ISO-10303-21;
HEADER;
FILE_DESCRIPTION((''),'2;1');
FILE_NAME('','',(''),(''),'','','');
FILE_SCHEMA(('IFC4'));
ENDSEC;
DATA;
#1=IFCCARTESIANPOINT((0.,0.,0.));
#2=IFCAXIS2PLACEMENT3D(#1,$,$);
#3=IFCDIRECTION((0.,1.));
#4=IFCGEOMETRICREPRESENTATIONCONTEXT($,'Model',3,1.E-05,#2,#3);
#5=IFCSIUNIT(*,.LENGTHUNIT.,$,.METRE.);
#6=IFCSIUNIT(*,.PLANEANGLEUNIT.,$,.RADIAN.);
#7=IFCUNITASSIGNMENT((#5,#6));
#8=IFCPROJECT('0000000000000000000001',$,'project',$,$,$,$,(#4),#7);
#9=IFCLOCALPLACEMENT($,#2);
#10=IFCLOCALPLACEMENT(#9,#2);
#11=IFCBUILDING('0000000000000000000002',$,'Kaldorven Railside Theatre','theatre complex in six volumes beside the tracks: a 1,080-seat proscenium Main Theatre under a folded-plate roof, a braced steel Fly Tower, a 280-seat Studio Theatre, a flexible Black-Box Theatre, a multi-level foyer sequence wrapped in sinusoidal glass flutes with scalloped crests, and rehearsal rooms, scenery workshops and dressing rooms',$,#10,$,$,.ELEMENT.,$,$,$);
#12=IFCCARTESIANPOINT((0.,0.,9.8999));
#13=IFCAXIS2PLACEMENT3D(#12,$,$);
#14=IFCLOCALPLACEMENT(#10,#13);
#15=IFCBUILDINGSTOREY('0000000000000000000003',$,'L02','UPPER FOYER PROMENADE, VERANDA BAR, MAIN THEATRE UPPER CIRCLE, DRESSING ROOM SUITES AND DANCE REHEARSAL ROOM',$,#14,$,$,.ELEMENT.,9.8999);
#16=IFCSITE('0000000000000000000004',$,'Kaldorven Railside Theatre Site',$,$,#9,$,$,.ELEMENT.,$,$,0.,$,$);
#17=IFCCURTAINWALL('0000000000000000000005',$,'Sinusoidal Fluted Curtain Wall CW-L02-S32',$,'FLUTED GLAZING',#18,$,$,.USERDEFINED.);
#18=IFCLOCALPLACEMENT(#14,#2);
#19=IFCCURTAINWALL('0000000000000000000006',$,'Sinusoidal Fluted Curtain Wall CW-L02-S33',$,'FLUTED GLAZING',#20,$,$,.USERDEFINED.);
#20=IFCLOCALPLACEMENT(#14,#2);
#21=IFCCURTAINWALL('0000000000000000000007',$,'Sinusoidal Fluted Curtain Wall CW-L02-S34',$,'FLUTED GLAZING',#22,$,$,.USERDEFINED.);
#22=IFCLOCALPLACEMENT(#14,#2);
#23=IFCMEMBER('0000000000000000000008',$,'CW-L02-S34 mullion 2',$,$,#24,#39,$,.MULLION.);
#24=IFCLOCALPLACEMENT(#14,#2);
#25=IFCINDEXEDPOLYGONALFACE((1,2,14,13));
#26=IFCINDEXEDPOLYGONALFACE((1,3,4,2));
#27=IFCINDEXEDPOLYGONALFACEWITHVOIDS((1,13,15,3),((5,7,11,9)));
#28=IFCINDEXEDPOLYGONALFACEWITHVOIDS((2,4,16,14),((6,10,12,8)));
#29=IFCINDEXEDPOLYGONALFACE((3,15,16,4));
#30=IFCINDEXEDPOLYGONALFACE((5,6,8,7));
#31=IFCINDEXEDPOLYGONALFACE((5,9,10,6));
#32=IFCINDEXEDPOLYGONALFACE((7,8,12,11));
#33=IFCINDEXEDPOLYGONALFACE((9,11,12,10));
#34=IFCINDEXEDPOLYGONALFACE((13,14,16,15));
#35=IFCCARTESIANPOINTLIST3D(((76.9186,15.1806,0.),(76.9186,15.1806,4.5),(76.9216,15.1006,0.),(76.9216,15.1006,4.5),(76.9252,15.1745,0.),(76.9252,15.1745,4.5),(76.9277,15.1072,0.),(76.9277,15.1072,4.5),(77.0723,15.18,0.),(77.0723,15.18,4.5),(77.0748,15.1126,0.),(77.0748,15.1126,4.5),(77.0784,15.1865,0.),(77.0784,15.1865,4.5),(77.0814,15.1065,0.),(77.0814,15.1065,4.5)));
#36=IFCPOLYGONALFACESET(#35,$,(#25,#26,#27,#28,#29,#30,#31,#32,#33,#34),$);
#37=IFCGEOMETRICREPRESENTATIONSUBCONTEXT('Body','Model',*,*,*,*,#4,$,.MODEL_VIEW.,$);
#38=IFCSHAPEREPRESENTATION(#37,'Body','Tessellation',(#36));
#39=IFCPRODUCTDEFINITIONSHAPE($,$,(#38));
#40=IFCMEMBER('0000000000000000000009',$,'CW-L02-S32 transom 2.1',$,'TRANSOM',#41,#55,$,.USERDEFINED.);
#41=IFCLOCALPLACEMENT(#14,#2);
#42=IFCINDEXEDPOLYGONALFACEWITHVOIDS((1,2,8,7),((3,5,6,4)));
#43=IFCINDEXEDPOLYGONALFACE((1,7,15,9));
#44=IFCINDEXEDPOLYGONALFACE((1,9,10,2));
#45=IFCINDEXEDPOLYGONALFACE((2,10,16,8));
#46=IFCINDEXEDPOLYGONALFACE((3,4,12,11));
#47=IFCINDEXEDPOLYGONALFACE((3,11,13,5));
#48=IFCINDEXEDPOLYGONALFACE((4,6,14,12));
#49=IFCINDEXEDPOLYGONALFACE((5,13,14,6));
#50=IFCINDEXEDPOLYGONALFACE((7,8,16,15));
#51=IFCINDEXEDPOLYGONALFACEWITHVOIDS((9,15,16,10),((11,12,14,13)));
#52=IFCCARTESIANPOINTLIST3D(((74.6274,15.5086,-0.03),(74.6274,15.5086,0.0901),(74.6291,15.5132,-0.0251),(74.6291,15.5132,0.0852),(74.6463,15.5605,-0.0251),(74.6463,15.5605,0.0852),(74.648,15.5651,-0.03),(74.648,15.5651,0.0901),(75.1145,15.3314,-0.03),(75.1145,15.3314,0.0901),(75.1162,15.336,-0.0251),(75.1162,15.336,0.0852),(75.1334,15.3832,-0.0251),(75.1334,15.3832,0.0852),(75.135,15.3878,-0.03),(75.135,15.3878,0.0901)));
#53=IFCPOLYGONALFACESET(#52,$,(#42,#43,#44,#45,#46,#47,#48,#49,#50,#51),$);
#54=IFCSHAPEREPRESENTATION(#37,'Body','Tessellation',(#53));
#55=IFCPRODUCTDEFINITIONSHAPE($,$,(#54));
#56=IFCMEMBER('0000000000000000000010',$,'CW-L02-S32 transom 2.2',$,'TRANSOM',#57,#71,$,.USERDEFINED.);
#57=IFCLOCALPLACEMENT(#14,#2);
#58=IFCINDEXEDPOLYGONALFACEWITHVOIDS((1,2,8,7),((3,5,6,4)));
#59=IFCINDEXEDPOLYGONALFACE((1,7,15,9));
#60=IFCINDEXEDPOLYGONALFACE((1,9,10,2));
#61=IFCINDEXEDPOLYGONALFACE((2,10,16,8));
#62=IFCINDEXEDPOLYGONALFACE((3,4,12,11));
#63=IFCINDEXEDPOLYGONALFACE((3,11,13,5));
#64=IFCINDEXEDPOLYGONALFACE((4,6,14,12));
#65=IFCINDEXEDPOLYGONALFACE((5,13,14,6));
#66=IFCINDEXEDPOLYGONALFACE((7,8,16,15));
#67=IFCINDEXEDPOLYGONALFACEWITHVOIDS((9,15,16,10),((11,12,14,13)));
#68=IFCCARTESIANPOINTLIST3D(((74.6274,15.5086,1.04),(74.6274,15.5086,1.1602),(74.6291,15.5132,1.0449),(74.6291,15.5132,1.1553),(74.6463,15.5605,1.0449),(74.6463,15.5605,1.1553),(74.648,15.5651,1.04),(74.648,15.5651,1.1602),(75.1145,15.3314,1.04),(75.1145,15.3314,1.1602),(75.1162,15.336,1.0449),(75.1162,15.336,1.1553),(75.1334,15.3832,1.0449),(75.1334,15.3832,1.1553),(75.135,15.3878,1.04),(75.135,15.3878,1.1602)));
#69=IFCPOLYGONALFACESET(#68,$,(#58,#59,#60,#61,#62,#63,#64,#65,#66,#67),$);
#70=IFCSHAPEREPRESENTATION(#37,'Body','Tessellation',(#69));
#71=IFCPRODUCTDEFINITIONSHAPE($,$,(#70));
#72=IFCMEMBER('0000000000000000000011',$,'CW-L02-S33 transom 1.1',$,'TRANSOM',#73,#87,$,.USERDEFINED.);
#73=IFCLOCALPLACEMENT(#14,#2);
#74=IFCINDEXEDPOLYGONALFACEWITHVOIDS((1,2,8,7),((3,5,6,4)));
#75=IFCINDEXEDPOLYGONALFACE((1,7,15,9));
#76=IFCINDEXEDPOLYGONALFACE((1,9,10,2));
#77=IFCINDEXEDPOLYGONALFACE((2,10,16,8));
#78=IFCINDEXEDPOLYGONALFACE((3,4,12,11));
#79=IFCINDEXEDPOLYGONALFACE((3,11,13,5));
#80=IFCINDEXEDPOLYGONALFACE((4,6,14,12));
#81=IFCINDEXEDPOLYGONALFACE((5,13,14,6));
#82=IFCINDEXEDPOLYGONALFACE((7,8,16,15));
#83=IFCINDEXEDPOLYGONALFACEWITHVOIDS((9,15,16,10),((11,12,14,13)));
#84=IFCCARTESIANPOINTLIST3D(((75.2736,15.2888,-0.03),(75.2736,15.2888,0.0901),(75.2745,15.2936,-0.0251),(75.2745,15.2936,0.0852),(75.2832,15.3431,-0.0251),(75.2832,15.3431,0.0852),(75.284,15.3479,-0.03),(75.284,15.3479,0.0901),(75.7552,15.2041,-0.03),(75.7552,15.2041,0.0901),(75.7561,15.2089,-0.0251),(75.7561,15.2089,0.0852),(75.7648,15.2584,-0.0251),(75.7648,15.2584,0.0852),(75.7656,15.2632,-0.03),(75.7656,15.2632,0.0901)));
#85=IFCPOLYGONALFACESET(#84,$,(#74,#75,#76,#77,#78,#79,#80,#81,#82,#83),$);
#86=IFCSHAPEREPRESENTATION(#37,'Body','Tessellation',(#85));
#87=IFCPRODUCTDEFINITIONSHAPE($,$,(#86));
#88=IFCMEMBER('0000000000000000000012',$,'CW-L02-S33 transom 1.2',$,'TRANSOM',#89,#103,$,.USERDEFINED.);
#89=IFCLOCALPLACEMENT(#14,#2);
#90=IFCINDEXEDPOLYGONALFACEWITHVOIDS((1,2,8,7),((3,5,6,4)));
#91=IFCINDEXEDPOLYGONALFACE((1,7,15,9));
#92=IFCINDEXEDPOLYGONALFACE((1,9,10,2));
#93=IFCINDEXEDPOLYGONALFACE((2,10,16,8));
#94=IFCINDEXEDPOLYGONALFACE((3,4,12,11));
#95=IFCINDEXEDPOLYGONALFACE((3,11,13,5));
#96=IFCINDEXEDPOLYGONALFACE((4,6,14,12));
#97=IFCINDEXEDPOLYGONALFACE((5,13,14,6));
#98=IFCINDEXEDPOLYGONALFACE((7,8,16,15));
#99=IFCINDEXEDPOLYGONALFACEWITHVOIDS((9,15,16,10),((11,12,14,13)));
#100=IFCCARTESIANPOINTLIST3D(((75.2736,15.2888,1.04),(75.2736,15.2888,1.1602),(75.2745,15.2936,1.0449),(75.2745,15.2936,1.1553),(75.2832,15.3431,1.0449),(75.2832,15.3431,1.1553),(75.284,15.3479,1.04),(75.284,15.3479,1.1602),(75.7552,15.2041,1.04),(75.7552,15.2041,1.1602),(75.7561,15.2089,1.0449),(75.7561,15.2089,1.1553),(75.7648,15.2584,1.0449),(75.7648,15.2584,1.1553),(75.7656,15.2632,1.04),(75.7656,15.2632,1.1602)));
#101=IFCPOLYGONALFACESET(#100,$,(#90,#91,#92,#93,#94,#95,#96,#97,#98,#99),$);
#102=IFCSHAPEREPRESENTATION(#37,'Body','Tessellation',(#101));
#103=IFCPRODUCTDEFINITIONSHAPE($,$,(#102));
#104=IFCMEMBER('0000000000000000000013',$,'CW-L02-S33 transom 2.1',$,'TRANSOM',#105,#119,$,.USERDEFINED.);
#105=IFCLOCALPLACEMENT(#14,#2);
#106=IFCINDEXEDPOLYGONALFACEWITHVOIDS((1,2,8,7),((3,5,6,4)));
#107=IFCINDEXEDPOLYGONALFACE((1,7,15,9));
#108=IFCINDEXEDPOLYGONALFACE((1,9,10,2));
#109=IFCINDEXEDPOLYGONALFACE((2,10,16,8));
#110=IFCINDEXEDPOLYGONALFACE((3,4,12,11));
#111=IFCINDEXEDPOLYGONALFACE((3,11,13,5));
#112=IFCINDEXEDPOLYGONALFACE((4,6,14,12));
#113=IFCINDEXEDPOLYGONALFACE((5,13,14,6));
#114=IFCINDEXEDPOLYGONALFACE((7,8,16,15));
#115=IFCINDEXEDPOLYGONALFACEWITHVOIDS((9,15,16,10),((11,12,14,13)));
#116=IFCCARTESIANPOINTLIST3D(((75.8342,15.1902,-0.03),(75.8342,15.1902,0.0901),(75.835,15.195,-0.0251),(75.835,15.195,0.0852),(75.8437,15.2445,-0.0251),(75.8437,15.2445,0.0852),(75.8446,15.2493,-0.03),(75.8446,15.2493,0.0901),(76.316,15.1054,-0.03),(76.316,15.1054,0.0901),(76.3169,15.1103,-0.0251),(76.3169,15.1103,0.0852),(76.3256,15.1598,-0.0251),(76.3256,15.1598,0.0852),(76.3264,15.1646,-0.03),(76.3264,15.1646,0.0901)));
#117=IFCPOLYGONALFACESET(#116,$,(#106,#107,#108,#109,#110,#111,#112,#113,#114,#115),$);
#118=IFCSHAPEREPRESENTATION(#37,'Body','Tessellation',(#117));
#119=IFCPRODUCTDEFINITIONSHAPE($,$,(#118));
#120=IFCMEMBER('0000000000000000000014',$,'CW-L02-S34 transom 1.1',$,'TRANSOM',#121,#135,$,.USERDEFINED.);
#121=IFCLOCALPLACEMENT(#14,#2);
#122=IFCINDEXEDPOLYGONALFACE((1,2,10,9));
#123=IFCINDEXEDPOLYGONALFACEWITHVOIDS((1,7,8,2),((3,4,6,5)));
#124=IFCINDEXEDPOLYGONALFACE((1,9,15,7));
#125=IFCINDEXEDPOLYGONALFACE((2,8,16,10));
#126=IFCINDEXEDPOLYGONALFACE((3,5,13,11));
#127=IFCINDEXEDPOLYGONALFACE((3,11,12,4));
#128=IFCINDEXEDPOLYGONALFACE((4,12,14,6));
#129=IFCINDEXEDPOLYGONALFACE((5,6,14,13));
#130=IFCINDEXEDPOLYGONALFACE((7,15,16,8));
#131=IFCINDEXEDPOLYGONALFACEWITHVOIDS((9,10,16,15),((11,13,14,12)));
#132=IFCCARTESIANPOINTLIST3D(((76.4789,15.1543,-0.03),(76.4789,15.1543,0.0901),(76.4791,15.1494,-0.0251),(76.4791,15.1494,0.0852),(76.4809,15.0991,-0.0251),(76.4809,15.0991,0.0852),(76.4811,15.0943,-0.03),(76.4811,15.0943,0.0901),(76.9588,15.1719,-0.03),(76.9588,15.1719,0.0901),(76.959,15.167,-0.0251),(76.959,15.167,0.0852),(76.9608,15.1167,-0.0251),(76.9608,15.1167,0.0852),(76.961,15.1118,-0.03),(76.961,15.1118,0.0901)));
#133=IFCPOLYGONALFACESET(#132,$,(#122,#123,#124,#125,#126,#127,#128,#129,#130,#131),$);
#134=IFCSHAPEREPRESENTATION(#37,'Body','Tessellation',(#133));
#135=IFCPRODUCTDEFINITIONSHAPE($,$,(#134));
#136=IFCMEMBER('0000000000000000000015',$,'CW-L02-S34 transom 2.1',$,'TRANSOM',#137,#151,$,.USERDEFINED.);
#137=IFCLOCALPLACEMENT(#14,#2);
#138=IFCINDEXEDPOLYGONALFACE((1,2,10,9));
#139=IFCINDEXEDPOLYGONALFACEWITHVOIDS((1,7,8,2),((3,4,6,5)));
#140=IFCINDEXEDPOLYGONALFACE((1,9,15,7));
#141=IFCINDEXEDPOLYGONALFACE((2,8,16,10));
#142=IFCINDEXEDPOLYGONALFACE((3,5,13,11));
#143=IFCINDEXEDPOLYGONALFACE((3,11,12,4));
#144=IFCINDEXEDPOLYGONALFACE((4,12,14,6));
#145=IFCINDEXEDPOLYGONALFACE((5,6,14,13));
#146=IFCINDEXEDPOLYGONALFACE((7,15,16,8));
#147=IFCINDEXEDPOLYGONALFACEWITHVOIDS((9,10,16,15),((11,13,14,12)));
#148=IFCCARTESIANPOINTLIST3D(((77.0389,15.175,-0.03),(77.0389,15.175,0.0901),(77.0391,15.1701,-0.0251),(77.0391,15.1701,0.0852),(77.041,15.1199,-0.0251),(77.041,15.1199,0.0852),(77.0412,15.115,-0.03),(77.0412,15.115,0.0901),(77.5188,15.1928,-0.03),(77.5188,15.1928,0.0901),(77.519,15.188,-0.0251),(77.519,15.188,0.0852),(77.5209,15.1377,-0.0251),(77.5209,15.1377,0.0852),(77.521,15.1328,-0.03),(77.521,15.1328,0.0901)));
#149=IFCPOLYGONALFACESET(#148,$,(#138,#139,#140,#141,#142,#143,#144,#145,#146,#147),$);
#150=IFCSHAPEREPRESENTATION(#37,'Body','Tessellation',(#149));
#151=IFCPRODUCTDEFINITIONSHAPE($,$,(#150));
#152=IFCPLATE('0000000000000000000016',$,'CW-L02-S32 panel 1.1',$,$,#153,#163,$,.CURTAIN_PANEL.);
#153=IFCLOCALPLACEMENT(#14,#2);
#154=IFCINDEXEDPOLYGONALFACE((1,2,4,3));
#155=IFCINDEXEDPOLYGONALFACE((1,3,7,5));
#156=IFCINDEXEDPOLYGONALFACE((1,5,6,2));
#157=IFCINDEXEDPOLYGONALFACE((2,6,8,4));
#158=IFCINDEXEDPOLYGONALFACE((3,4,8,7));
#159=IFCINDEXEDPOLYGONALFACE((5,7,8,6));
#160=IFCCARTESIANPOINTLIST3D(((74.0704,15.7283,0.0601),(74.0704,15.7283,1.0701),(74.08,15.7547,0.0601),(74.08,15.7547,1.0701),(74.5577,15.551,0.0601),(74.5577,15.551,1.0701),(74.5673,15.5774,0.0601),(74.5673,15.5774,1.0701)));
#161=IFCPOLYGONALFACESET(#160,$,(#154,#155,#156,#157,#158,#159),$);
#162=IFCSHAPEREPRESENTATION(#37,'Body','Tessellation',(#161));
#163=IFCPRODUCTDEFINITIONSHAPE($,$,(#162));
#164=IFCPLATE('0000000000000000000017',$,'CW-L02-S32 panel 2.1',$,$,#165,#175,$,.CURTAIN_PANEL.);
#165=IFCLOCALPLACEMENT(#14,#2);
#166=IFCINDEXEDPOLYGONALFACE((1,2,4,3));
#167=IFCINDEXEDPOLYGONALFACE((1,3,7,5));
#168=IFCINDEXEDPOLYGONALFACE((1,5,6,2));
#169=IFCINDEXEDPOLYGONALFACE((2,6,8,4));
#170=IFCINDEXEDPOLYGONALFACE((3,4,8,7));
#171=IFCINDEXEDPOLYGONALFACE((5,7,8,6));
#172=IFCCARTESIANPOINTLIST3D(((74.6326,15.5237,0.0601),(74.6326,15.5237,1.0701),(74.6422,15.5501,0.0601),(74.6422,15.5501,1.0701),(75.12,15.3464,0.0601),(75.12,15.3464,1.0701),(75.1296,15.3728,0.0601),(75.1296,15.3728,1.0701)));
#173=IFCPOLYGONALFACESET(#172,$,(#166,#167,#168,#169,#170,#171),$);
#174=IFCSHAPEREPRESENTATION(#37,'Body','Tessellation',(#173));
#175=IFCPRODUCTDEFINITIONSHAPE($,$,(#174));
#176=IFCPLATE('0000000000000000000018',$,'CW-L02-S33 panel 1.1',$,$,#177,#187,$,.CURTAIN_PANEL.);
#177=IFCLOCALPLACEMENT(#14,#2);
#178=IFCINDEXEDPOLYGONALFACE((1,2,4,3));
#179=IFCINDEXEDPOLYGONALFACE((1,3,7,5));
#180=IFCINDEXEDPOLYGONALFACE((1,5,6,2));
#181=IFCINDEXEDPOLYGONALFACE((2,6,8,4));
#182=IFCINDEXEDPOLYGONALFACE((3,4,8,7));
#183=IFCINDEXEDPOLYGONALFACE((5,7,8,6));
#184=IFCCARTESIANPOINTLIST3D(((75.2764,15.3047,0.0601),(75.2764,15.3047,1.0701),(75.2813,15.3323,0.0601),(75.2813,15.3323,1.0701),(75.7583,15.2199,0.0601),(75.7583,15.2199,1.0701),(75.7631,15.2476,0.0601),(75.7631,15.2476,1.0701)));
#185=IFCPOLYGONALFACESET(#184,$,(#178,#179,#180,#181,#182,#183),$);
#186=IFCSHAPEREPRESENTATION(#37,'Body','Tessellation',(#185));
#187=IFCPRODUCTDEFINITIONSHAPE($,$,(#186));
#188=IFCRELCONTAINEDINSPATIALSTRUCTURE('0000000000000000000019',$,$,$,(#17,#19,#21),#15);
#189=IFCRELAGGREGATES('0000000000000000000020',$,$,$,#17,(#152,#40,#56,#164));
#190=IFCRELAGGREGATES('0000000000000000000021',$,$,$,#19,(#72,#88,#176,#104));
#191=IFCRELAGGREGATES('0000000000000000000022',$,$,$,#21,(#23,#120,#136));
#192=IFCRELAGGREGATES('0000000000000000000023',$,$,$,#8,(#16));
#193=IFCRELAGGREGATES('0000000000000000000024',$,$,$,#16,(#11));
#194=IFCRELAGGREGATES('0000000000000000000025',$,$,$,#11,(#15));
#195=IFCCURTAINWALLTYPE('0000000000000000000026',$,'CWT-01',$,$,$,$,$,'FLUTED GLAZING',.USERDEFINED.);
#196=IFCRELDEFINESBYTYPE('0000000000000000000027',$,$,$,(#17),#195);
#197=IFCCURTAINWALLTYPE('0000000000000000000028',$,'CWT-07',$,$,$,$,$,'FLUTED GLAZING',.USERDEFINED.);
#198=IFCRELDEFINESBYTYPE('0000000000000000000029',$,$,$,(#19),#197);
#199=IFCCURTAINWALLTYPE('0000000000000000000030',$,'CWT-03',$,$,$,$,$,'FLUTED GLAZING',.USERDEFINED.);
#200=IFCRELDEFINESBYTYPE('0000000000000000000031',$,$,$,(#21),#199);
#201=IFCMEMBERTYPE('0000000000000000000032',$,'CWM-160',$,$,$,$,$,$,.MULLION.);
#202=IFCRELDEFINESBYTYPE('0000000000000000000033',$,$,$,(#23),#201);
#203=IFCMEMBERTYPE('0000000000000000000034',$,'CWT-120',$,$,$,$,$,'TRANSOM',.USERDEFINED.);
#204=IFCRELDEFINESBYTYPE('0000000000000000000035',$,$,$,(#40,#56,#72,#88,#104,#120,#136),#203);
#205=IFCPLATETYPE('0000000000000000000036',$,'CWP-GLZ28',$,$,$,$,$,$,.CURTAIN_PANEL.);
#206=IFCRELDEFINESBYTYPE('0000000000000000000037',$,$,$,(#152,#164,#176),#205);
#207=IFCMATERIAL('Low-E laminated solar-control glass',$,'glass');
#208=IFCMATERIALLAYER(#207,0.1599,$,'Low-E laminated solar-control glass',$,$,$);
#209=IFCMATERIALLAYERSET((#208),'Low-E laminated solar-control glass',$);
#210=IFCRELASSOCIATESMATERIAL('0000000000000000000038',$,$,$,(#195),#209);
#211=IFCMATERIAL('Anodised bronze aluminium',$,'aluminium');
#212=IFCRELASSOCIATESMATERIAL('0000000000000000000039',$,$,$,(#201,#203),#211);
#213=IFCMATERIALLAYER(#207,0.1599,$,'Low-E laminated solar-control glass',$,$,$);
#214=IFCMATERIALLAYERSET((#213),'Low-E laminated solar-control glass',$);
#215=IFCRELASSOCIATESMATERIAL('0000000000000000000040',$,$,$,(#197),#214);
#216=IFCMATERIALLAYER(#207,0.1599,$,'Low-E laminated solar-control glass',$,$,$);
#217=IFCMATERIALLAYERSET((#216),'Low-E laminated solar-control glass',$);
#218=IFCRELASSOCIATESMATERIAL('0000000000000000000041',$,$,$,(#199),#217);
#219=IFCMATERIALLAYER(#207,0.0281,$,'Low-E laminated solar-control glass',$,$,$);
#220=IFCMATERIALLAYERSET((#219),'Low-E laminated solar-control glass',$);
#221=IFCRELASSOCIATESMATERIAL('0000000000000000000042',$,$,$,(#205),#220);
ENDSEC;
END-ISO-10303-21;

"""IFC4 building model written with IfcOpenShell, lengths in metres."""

from ifc_helpers import new_model, si_unit, direction, frame, origin, origin_2d, place, context, subcontext, project, spatial, rectangle, hollow_rectangle, extrude, material, layer, layer_set, material_profile, profile_set, type_object, element, aggregate, save


model = new_model("IFC4")

# Units and contexts
model_context = context("Model", 3, precision=1e-05, world=origin(), true_north=direction((0.0, 1.0)))
body_context = subcontext(model_context, "Body", "Model", "MODEL_VIEW")
ifc_project = project(units=[si_unit("LENGTHUNIT", "METRE"), si_unit("PLANEANGLEUNIT", "RADIAN")], contexts=[model_context])

# Site, building, storey
site_placement = place(None, origin())
site = spatial("IfcSite", under=ifc_project, at=site_placement, Name="Kaldorven Railside Theatre Site", CompositionType="ELEMENT", RefElevation=0.0)
building_placement = place(site_placement, origin())
building = spatial("IfcBuilding", under=site, at=building_placement, Name="Kaldorven Railside Theatre", Description="theatre complex in six volumes beside the tracks: a 1,080-seat proscenium Main Theatre under a folded-plate roof, a braced steel Fly Tower, a 280-seat Studio Theatre, a flexible Black-Box Theatre, a multi-level foyer sequence wrapped in sinusoidal glass flutes with scalloped crests, and rehearsal rooms, scenery workshops and dressing rooms", CompositionType="ELEMENT")
storey_placement = place(building_placement, frame((0.0, 0.0, 9.8999)))
storey = spatial("IfcBuildingStorey", under=building, at=storey_placement, Name="L02", Description="UPPER FOYER PROMENADE, VERANDA BAR, MAIN THEATRE UPPER CIRCLE, DRESSING ROOM SUITES AND DANCE REHEARSAL ROOM", CompositionType="ELEMENT", Elevation=9.8999)

# Curtain walls, member
ifc_material_1 = material(Name="Low-E laminated solar-control glass", Category="glass")
ifc_layer_1 = layer(ifc_material_1, 0.1599, Name="Low-E laminated solar-control glass")
ifc_layer_set_1 = layer_set([ifc_layer_1], Name="Low-E laminated solar-control glass")
curtain_wall_type_1 = type_object("IfcCurtainWallType", Name="CWT-01", ElementType="FLUTED GLAZING", PredefinedType="USERDEFINED", material=ifc_layer_set_1)
curtain_wall_1_placement = place(storey_placement, origin())
curtain_wall_1 = element("IfcCurtainWall", 1, at=curtain_wall_1_placement, inside=storey, type_object=curtain_wall_type_1, Name="Sinusoidal Fluted Curtain Wall CW-L02-S32", ObjectType="FLUTED GLAZING", PredefinedType="USERDEFINED")
ifc_material_2 = material(Name="Anodised bronze aluminium", Category="aluminium")
ifc_material_profile_1 = material_profile(ifc_material_2, hollow_rectangle(XDim=0.0801, YDim=0.1599, WallThickness=0.0063, at=origin_2d()), Name="RHS 160x80x6.3")
ifc_profile_set_1 = profile_set([ifc_material_profile_1], Name="Anodised bronze aluminium")
member_type_1 = type_object("IfcMemberType", Name="CWM-160", PredefinedType="MULLION", material=ifc_profile_set_1)
ifc_layer_2 = layer(ifc_material_1, 0.1599, Name="Low-E laminated solar-control glass")
ifc_layer_set_2 = layer_set([ifc_layer_2], Name="Low-E laminated solar-control glass")
curtain_wall_type_2 = type_object("IfcCurtainWallType", Name="CWT-07", ElementType="FLUTED GLAZING", PredefinedType="USERDEFINED", material=ifc_layer_set_2)
curtain_wall_2_placement = place(storey_placement, origin())
curtain_wall_2 = element("IfcCurtainWall", 2, at=curtain_wall_2_placement, inside=storey, type_object=curtain_wall_type_2, Name="Sinusoidal Fluted Curtain Wall CW-L02-S33", ObjectType="FLUTED GLAZING", PredefinedType="USERDEFINED")
ifc_layer_3 = layer(ifc_material_1, 0.1599, Name="Low-E laminated solar-control glass")
ifc_layer_set_3 = layer_set([ifc_layer_3], Name="Low-E laminated solar-control glass")
curtain_wall_type_3 = type_object("IfcCurtainWallType", Name="CWT-03", ElementType="FLUTED GLAZING", PredefinedType="USERDEFINED", material=ifc_layer_set_3)
curtain_wall_3_placement = place(storey_placement, origin())
curtain_wall_3 = element("IfcCurtainWall", 3, at=curtain_wall_3_placement, inside=storey, type_object=curtain_wall_type_3, Name="Sinusoidal Fluted Curtain Wall CW-L02-S34", ObjectType="FLUTED GLAZING", PredefinedType="USERDEFINED")
member_1_placement = place(storey_placement, frame((77.0, 15.1436, 0.0), z_axis=(0.0, 0.0, 1.0), x_axis=(-0.037058, 0.999313, 0.0)))
member_1 = element("IfcMember", 4, at=member_1_placement, type_object=member_type_1, Name="CW-L02-S34 mullion 2", PredefinedType="MULLION", context=body_context, shape_type="SweptSolid", body=[
    extrude(hollow_rectangle(XDim=0.0801, YDim=0.1599, WallThickness=0.0063, at=origin_2d()), origin(), (0.0, 0.0, 1.0), 4.5),
])

# Members
ifc_material_profile_2 = material_profile(ifc_material_2, hollow_rectangle(XDim=0.0601, YDim=0.1201, WallThickness=0.0049, at=origin_2d()), Name="RHS 120x60x5")
ifc_profile_set_2 = profile_set([ifc_material_profile_2], Name="Anodised bronze aluminium")
member_type_2 = type_object("IfcMemberType", Name="CWT-120", ElementType="TRANSOM", PredefinedType="USERDEFINED", material=ifc_profile_set_2)
member_2_placement = place(storey_placement, frame((74.6377, 15.5369, 0.03), z_axis=(0.939711, -0.34197, 0.0), x_axis=(0.34197, 0.939711, 0.0)))
member_2 = element("IfcMember", 5, at=member_2_placement, type_object=member_type_2, Name="CW-L02-S32 transom 2.1", ObjectType="TRANSOM", PredefinedType="USERDEFINED", context=body_context, shape_type="SweptSolid", body=[
    extrude(hollow_rectangle(XDim=0.0601, YDim=0.1201, WallThickness=0.0049, at=origin_2d()), origin(), (0.0, 0.0, 1.0), 0.5183),
])
member_3_placement = place(storey_placement, frame((74.6377, 15.5369, 1.1001), z_axis=(0.939711, -0.34197, 0.0), x_axis=(0.34197, 0.939711, 0.0)))
member_3 = element("IfcMember", 6, at=member_3_placement, type_object=member_type_2, Name="CW-L02-S32 transom 2.2", ObjectType="TRANSOM", PredefinedType="USERDEFINED", context=body_context, shape_type="SweptSolid", body=[
    extrude(hollow_rectangle(XDim=0.0601, YDim=0.1201, WallThickness=0.0049, at=origin_2d()), origin(), (0.0, 0.0, 1.0), 0.5183),
])
member_4_placement = place(storey_placement, frame((75.2788, 15.3184, 0.03), z_axis=(0.984884, -0.173216, 0.0), x_axis=(0.173216, 0.984884, 0.0)))
member_4 = element("IfcMember", 7, at=member_4_placement, type_object=member_type_2, Name="CW-L02-S33 transom 1.1", ObjectType="TRANSOM", PredefinedType="USERDEFINED", context=body_context, shape_type="SweptSolid", body=[
    extrude(hollow_rectangle(XDim=0.0601, YDim=0.1201, WallThickness=0.0049, at=origin_2d()), origin(), (0.0, 0.0, 1.0), 0.489),
])
member_5_placement = place(storey_placement, frame((75.2788, 15.3184, 1.1001), z_axis=(0.984884, -0.173216, 0.0), x_axis=(0.173216, 0.984884, 0.0)))
member_5 = element("IfcMember", 8, at=member_5_placement, type_object=member_type_2, Name="CW-L02-S33 transom 1.2", ObjectType="TRANSOM", PredefinedType="USERDEFINED", context=body_context, shape_type="SweptSolid", body=[
    extrude(hollow_rectangle(XDim=0.0601, YDim=0.1201, WallThickness=0.0049, at=origin_2d()), origin(), (0.0, 0.0, 1.0), 0.489),
])
member_6_placement = place(storey_placement, frame((75.8394, 15.2197, 0.03), z_axis=(0.984899, -0.173131, 0.0), x_axis=(0.173131, 0.984899, 0.0)))
member_6 = element("IfcMember", 9, at=member_6_placement, type_object=member_type_2, Name="CW-L02-S33 transom 2.1", ObjectType="TRANSOM", PredefinedType="USERDEFINED", context=body_context, shape_type="SweptSolid", body=[
    extrude(hollow_rectangle(XDim=0.0601, YDim=0.1201, WallThickness=0.0049, at=origin_2d()), origin(), (0.0, 0.0, 1.0), 0.4893),
])
member_7_placement = place(storey_placement, frame((76.48, 15.1243, 0.03), z_axis=(0.99933, 0.036598, 0.0), x_axis=(-0.036598, 0.99933, 0.0)))
member_7 = element("IfcMember", 10, at=member_7_placement, type_object=member_type_2, Name="CW-L02-S34 transom 1.1", ObjectType="TRANSOM", PredefinedType="USERDEFINED", context=body_context, shape_type="SweptSolid", body=[
    extrude(hollow_rectangle(XDim=0.0601, YDim=0.1201, WallThickness=0.0049, at=origin_2d()), origin(), (0.0, 0.0, 1.0), 0.4802),
])
member_8_placement = place(storey_placement, frame((77.04, 15.145, 0.03), z_axis=(0.999311, 0.037106, 0.0), x_axis=(-0.037106, 0.999311, 0.0)))
member_8 = element("IfcMember", 11, at=member_8_placement, type_object=member_type_2, Name="CW-L02-S34 transom 2.1", ObjectType="TRANSOM", PredefinedType="USERDEFINED", context=body_context, shape_type="SweptSolid", body=[
    extrude(hollow_rectangle(XDim=0.0601, YDim=0.1201, WallThickness=0.0049, at=origin_2d()), origin(), (0.0, 0.0, 1.0), 0.4802),
])

# Plates
ifc_layer_4 = layer(ifc_material_1, 0.0281, Name="Low-E laminated solar-control glass")
ifc_layer_set_4 = layer_set([ifc_layer_4], Name="Low-E laminated solar-control glass")
plate_type = type_object("IfcPlateType", Name="CWP-GLZ28", PredefinedType="CURTAIN_PANEL", material=ifc_layer_set_4)
plate_1_placement = place(storey_placement, frame((74.3188, 15.6528, 0.0601), z_axis=(0.0, 0.0, 1.0), x_axis=(0.939759, -0.341837, 0.0)))
plate_1 = element("IfcPlate", 12, at=plate_1_placement, type_object=plate_type, Name="CW-L02-S32 panel 1.1", PredefinedType="CURTAIN_PANEL", context=body_context, shape_type="SweptSolid", body=[
    extrude(rectangle(XDim=0.5186, YDim=0.0281, at=origin_2d()), origin(), (0.0, 0.0, 1.0), 1.01),
])
plate_2_placement = place(storey_placement, frame((74.8811, 15.4482, 0.0601), z_axis=(0.0, 0.0, 1.0), x_axis=(0.939759, -0.341837, 0.0)))
plate_2 = element("IfcPlate", 13, at=plate_2_placement, type_object=plate_type, Name="CW-L02-S32 panel 2.1", PredefinedType="CURTAIN_PANEL", context=body_context, shape_type="SweptSolid", body=[
    extrude(rectangle(XDim=0.5186, YDim=0.0281, at=origin_2d()), origin(), (0.0, 0.0, 1.0), 1.01),
])
aggregate(curtain_wall_1, [plate_1, member_2, member_3, plate_2])
plate_3_placement = place(storey_placement, frame((75.5198, 15.2761, 0.0601), z_axis=(0.0, 0.0, 1.0), x_axis=(0.984877, -0.173256, 0.0)))
plate_3 = element("IfcPlate", 14, at=plate_3_placement, type_object=plate_type, Name="CW-L02-S33 panel 1.1", PredefinedType="CURTAIN_PANEL", context=body_context, shape_type="SweptSolid", body=[
    extrude(rectangle(XDim=0.4893, YDim=0.0281, at=origin_2d()), origin(), (0.0, 0.0, 1.0), 1.01),
])
aggregate(curtain_wall_2, [member_4, member_5, plate_3, member_6])
aggregate(curtain_wall_3, [member_1, member_7, member_8])

save(model, "model.ifc")
